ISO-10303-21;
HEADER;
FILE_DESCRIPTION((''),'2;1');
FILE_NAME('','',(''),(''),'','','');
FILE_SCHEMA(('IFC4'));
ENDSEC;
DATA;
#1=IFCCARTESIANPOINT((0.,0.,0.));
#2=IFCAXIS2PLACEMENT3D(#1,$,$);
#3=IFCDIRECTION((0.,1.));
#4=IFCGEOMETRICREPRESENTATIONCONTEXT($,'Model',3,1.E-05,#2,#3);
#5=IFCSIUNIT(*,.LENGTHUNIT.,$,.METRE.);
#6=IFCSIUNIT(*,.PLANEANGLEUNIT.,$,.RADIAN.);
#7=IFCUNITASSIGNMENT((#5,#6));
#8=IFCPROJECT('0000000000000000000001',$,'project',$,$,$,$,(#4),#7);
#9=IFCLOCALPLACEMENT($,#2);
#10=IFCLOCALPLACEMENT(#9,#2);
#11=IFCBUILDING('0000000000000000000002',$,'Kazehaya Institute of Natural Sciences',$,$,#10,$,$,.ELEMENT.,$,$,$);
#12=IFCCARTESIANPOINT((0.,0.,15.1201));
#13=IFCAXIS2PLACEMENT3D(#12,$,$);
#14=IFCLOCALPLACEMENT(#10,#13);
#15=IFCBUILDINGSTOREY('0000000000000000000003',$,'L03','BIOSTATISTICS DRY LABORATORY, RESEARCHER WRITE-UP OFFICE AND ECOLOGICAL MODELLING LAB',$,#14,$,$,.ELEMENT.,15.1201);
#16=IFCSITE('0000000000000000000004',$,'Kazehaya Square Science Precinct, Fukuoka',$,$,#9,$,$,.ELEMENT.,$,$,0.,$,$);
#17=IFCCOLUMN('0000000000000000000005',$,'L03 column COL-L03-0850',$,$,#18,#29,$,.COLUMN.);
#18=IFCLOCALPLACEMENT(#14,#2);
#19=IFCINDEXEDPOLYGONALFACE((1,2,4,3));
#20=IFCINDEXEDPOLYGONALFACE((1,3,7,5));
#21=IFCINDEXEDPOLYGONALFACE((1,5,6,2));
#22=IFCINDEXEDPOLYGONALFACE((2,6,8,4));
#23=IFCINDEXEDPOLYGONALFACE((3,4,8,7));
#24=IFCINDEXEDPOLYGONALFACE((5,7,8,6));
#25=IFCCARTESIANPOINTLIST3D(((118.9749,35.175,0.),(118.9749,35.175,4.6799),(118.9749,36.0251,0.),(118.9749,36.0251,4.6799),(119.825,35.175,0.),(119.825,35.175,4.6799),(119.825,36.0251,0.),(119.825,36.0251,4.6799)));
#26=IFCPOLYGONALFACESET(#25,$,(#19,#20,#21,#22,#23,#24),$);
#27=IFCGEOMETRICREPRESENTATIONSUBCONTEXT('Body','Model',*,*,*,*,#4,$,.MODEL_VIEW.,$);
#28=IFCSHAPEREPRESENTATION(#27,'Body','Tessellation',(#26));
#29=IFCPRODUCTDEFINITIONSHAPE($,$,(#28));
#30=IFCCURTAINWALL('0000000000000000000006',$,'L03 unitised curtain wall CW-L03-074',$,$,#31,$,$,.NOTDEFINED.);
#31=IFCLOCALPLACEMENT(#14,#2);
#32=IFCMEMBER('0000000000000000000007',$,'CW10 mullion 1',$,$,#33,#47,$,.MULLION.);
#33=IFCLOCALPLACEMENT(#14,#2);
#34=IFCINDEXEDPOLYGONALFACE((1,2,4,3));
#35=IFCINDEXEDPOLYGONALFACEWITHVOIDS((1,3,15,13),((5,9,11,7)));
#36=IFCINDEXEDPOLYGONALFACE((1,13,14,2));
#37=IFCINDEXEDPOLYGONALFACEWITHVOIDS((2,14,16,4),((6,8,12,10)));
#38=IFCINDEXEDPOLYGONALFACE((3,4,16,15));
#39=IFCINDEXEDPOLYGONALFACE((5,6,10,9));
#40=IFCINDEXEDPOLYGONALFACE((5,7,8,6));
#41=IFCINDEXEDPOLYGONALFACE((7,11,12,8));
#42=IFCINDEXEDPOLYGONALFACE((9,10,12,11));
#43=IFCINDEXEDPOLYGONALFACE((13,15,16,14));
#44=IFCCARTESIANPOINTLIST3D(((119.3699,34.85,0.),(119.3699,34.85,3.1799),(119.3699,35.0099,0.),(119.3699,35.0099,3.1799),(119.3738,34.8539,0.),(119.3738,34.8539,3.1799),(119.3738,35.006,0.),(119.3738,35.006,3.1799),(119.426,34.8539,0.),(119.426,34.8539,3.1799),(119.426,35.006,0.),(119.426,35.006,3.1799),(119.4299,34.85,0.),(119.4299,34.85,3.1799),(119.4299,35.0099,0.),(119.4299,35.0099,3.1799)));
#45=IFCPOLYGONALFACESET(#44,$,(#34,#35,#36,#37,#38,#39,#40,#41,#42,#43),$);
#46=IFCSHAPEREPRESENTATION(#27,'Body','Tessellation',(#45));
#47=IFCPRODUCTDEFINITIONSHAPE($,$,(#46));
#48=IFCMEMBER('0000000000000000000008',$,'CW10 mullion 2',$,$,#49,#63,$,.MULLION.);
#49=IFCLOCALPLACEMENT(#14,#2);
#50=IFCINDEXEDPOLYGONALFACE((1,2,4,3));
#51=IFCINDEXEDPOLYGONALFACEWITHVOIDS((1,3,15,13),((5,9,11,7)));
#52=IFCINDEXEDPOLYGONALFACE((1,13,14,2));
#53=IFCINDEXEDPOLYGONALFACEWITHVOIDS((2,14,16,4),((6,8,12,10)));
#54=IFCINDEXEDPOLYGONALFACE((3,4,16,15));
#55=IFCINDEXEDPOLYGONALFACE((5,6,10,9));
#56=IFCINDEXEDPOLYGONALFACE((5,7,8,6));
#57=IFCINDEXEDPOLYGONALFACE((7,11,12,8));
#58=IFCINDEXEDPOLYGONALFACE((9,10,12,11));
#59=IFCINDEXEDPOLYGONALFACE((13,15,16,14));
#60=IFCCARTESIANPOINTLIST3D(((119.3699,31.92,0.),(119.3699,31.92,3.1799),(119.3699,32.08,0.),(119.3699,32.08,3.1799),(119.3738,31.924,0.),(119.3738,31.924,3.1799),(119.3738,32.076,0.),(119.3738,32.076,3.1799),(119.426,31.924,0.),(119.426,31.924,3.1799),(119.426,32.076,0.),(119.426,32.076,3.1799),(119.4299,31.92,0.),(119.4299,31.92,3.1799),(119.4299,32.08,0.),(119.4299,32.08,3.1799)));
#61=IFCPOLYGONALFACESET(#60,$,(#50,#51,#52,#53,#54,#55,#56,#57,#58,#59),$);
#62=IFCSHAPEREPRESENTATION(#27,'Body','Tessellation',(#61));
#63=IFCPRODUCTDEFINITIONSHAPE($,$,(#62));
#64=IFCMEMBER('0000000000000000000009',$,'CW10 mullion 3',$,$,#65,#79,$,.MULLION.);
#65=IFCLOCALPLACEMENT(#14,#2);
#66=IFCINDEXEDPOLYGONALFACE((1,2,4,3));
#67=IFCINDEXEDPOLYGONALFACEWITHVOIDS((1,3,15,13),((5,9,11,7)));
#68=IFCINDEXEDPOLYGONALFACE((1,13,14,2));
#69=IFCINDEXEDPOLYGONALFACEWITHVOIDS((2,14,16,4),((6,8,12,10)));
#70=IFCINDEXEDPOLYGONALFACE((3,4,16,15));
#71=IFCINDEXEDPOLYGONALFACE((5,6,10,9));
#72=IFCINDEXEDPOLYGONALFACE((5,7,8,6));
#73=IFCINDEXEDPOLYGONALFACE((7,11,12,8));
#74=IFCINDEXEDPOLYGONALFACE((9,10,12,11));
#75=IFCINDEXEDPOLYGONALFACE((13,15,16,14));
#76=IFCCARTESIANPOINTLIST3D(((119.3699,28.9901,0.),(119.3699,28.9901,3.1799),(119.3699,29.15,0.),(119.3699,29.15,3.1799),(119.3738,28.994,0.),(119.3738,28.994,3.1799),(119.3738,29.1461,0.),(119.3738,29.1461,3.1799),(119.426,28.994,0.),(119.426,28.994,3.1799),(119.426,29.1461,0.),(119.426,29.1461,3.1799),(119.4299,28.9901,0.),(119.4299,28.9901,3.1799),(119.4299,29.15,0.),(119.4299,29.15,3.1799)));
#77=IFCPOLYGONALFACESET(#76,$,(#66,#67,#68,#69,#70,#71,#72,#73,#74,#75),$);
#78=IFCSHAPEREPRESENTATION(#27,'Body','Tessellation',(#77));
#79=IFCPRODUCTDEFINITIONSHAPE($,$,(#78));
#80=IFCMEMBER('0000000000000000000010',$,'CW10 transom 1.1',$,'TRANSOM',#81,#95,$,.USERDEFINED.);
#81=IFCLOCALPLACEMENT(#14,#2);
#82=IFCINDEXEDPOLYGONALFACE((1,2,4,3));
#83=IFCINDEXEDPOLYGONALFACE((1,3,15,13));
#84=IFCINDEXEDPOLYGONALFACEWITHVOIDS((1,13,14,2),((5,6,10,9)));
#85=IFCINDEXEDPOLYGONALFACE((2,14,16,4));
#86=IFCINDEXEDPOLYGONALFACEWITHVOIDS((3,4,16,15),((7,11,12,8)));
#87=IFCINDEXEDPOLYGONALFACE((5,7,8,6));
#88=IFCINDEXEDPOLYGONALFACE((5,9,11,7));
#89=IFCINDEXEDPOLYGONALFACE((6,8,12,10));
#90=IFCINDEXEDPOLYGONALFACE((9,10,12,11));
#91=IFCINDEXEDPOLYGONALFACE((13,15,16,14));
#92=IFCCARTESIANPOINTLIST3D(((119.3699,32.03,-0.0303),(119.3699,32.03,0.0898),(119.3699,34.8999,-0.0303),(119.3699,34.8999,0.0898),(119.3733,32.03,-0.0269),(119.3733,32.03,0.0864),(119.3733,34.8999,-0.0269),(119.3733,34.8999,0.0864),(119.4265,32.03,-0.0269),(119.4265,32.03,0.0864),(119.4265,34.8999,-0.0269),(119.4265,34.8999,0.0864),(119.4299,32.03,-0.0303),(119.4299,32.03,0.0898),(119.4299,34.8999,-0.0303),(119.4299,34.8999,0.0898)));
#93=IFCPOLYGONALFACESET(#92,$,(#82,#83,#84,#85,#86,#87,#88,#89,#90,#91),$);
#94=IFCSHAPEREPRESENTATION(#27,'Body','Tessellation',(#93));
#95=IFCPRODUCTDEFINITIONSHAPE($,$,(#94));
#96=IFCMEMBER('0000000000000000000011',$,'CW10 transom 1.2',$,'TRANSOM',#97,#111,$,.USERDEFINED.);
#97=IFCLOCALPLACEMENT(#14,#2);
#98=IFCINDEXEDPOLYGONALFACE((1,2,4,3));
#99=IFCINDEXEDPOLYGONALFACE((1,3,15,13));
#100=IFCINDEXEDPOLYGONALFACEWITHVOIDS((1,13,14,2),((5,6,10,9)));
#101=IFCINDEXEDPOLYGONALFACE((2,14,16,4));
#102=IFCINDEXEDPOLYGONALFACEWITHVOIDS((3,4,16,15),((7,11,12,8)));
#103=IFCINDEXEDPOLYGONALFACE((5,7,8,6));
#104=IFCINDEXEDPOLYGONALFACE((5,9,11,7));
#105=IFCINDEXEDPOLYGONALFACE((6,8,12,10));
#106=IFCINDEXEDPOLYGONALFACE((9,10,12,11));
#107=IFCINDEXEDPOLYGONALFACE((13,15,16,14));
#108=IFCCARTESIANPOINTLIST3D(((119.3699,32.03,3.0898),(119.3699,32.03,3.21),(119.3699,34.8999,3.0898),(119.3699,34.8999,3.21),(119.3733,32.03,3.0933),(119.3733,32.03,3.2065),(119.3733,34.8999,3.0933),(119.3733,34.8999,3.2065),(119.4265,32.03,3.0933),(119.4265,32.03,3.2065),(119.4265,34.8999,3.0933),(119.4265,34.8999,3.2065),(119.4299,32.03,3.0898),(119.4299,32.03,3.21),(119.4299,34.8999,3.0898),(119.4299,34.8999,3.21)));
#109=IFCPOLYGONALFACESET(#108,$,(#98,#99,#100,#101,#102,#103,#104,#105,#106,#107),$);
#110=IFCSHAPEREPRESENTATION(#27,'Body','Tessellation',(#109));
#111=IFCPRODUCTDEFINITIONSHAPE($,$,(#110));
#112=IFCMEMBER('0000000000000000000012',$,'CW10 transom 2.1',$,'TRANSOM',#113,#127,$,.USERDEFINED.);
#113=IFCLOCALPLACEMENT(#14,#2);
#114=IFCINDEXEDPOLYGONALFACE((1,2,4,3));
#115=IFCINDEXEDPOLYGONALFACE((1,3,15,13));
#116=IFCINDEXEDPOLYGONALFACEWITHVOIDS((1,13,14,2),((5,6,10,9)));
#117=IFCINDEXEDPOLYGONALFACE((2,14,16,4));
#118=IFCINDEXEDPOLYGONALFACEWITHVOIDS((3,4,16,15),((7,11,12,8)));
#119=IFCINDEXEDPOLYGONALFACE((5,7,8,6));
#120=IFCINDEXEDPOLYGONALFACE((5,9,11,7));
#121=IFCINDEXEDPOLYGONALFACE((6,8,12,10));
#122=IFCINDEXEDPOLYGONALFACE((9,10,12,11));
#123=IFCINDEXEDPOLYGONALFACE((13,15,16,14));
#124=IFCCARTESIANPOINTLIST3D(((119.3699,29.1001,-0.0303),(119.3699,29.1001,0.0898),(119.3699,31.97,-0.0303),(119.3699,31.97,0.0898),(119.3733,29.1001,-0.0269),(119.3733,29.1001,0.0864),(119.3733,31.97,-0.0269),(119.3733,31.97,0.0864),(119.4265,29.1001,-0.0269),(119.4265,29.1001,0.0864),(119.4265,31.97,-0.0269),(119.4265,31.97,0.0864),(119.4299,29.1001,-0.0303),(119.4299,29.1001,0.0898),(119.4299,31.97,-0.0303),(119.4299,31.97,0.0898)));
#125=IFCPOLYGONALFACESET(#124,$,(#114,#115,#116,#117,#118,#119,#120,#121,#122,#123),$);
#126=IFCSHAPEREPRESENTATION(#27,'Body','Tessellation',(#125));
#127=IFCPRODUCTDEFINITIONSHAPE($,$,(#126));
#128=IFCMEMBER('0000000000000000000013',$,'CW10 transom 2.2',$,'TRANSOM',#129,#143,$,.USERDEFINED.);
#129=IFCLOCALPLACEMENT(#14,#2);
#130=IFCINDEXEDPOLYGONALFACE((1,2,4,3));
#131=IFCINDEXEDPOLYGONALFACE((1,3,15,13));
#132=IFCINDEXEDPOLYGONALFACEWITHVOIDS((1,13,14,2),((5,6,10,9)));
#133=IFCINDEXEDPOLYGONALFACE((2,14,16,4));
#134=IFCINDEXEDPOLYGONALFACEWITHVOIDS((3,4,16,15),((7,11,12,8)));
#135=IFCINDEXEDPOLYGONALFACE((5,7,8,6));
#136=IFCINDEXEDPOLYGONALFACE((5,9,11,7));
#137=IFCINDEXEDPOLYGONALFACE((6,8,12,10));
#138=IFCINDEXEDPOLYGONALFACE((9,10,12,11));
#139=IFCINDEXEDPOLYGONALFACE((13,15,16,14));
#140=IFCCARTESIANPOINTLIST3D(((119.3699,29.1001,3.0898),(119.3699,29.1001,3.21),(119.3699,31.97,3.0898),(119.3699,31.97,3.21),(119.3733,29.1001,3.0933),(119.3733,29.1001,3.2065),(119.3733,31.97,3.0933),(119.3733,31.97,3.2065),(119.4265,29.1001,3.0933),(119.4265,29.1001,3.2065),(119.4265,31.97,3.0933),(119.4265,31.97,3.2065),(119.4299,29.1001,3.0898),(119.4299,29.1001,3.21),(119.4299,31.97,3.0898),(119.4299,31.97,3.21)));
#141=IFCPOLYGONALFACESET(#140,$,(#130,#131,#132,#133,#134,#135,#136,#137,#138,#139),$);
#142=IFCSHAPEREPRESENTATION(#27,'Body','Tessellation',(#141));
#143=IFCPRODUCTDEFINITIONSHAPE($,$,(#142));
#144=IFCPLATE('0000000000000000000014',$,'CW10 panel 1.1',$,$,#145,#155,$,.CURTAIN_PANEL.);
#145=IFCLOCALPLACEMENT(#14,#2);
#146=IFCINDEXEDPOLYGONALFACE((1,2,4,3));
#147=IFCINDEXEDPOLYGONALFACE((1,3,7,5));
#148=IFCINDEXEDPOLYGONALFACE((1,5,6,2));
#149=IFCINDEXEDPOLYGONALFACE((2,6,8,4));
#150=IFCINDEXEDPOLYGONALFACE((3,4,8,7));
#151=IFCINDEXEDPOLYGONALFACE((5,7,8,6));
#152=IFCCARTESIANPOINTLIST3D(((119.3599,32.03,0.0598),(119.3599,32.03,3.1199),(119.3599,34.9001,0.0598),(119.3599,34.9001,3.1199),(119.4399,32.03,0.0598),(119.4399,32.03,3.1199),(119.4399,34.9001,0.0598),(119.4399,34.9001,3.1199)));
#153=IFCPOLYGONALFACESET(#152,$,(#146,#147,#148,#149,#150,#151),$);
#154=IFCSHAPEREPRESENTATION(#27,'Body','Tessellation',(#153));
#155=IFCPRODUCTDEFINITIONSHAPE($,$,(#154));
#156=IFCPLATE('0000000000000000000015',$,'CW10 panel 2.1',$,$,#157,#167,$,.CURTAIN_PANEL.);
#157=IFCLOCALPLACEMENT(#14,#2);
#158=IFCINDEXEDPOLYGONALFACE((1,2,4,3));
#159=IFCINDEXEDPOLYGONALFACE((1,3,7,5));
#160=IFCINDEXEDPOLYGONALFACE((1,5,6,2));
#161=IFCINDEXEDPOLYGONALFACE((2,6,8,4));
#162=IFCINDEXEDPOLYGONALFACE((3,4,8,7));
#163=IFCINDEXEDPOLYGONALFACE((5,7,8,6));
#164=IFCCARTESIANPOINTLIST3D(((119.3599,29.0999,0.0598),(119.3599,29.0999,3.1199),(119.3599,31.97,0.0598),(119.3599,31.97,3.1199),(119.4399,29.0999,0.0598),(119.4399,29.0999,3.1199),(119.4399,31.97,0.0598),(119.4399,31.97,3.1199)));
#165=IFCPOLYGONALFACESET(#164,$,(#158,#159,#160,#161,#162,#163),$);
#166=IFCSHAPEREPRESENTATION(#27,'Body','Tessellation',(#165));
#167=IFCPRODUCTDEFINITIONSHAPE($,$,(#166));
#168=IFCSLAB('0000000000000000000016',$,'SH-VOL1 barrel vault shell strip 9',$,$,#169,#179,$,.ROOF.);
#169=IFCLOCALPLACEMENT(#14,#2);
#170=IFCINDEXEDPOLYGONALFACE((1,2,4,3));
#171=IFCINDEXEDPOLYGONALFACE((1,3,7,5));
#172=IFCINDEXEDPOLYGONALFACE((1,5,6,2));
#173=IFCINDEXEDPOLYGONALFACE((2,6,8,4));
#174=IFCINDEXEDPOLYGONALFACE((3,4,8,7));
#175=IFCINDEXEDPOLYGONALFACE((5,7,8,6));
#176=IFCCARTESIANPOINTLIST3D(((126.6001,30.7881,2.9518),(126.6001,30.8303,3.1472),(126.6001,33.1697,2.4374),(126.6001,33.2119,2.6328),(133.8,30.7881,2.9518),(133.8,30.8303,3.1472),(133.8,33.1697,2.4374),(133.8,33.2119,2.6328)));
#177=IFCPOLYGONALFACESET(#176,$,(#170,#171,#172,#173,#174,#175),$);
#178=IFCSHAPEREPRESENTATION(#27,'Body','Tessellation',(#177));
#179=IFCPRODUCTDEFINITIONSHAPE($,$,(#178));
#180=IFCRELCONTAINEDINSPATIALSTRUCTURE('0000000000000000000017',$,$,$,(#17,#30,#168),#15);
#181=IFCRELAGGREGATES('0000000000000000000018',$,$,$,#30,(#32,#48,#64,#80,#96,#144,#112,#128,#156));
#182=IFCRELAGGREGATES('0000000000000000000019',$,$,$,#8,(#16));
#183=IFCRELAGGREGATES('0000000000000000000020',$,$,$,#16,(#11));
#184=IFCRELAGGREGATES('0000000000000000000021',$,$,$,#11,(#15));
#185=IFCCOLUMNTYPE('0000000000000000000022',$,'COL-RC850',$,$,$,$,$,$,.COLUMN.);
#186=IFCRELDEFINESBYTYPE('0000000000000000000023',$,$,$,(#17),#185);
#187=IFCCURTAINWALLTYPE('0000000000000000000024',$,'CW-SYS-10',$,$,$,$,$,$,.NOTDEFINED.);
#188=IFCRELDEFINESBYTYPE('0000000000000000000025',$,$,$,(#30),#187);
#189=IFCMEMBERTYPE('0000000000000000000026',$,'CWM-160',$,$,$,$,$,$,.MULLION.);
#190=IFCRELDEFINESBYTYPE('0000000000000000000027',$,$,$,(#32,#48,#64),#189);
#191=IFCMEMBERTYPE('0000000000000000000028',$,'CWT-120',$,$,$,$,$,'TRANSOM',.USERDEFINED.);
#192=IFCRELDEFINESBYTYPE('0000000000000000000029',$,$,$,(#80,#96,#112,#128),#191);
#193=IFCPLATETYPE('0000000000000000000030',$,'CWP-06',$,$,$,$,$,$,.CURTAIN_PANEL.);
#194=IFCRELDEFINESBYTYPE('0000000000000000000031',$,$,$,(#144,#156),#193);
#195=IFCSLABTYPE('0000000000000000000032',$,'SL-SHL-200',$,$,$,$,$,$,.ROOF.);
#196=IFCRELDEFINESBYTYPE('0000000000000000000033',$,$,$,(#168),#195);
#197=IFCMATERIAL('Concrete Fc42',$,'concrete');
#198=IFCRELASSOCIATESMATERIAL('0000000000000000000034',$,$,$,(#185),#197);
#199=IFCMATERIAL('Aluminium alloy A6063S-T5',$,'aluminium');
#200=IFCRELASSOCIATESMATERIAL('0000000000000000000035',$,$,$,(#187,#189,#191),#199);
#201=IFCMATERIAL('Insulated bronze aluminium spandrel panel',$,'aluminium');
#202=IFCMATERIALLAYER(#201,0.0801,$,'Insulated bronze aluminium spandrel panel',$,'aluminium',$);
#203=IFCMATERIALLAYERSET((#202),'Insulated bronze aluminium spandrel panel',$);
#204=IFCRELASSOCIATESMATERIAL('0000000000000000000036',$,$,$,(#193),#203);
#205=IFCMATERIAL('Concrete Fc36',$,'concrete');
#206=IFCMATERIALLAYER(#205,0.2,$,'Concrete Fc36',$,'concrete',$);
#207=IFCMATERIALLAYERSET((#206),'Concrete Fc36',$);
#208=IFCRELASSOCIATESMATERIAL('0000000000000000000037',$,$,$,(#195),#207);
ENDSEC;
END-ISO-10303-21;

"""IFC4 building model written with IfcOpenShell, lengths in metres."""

from ifc_helpers import new_model, si_unit, direction, frame, origin, origin_2d, place, context, subcontext, project, spatial, polyline, rectangle, hollow_rectangle, outline, extrude, material, layer, layer_set, material_profile, profile_set, type_object, element, aggregate, save


model = new_model("IFC4")

# Units and contexts
model_context = context("Model", 3, precision=1e-05, world=origin(), true_north=direction((0.0, 1.0)))
body_context = subcontext(model_context, "Body", "Model", "MODEL_VIEW")
ifc_project = project(units=[si_unit("LENGTHUNIT", "METRE"), si_unit("PLANEANGLEUNIT", "RADIAN")], contexts=[model_context])

# Site, building, storey
site_placement = place(None, origin())
site = spatial("IfcSite", under=ifc_project, at=site_placement, Name="Kazehaya Square Science Precinct, Fukuoka", CompositionType="ELEMENT", RefElevation=0.0)
building_placement = place(site_placement, origin())
building = spatial("IfcBuilding", under=site, at=building_placement, Name="Kazehaya Institute of Natural Sciences", CompositionType="ELEMENT")
storey_placement = place(building_placement, frame((0.0, 0.0, 15.1201)))
storey = spatial("IfcBuildingStorey", under=building, at=storey_placement, Name="L03", Description="BIOSTATISTICS DRY LABORATORY, RESEARCHER WRITE-UP OFFICE AND ECOLOGICAL MODELLING LAB", CompositionType="ELEMENT", Elevation=15.1201)

# Column
ifc_material_1 = material(Name="Concrete Fc42", Category="concrete")
ifc_material_profile_1 = material_profile(ifc_material_1, rectangle(XDim=0.8501, YDim=0.8501, at=origin_2d()), Name="RC-850x850")
ifc_profile_set_1 = profile_set([ifc_material_profile_1], Name="Concrete Fc42")
column_type = type_object("IfcColumnType", Name="COL-RC850", PredefinedType="COLUMN", material=ifc_profile_set_1)
column_placement = place(storey_placement, frame((119.3999, 35.6001, 0.0), z_axis=(0.0, 0.0, 1.0), x_axis=(1.0, 0.0, 0.0)))
element("IfcColumn", 1, at=column_placement, inside=storey, type_object=column_type, Name="L03 column COL-L03-0850", PredefinedType="COLUMN", context=body_context, shape_type="SweptSolid", body=[
    extrude(rectangle(XDim=0.8501, YDim=0.8501, at=origin_2d()), origin(), (0.0, 0.0, 1.0), 4.6799),
])

# Curtain wall, members, plates
ifc_material_2 = material(Name="Aluminium alloy A6063S-T5", Category="aluminium")
curtain_wall_type = type_object("IfcCurtainWallType", Name="CW-SYS-10", PredefinedType="NOTDEFINED", material=ifc_material_2)
curtain_wall_placement = place(storey_placement, origin())
curtain_wall = element("IfcCurtainWall", 2, at=curtain_wall_placement, inside=storey, type_object=curtain_wall_type, Name="L03 unitised curtain wall CW-L03-074", PredefinedType="NOTDEFINED")
ifc_material_profile_2 = material_profile(ifc_material_2, hollow_rectangle(XDim=0.0601, YDim=0.1599, WallThickness=0.0039, at=origin_2d()), Name="ALU-60x160x4")
ifc_profile_set_2 = profile_set([ifc_material_profile_2], Name="Aluminium alloy A6063S-T5")
member_type_1 = type_object("IfcMemberType", Name="CWM-160", PredefinedType="MULLION", material=ifc_profile_set_2)
member_1_placement = place(storey_placement, frame((119.3999, 34.9299, 0.0), z_axis=(0.0, 0.0, 1.0), x_axis=(1.0, 0.0, 0.0)))
member_1 = element("IfcMember", 3, at=member_1_placement, type_object=member_type_1, Name="CW10 mullion 1", PredefinedType="MULLION", context=body_context, shape_type="SweptSolid", body=[
    extrude(hollow_rectangle(XDim=0.0601, YDim=0.1599, WallThickness=0.0039, at=origin_2d()), origin(), (0.0, 0.0, 1.0), 3.1799),
])
member_2_placement = place(storey_placement, frame((119.3999, 32.0, 0.0), z_axis=(0.0, 0.0, 1.0), x_axis=(1.0, 0.0, 0.0)))
member_2 = element("IfcMember", 4, at=member_2_placement, type_object=member_type_1, Name="CW10 mullion 2", PredefinedType="MULLION", context=body_context, shape_type="SweptSolid", body=[
    extrude(hollow_rectangle(XDim=0.0601, YDim=0.1599, WallThickness=0.0039, at=origin_2d()), origin(), (0.0, 0.0, 1.0), 3.1799),
])
member_3_placement = place(storey_placement, frame((119.3999, 29.0701, 0.0), z_axis=(0.0, 0.0, 1.0), x_axis=(1.0, 0.0, 0.0)))
member_3 = element("IfcMember", 5, at=member_3_placement, type_object=member_type_1, Name="CW10 mullion 3", PredefinedType="MULLION", context=body_context, shape_type="SweptSolid", body=[
    extrude(hollow_rectangle(XDim=0.0601, YDim=0.1599, WallThickness=0.0039, at=origin_2d()), origin(), (0.0, 0.0, 1.0), 3.1799),
])
ifc_material_profile_3 = material_profile(ifc_material_2, hollow_rectangle(XDim=0.0601, YDim=0.1201, WallThickness=0.0034, at=origin_2d()), Name="ALU-60x120x3.5")
ifc_profile_set_3 = profile_set([ifc_material_profile_3], Name="Aluminium alloy A6063S-T5")
member_type_2 = type_object("IfcMemberType", Name="CWT-120", ElementType="TRANSOM", PredefinedType="USERDEFINED", material=ifc_profile_set_3)
member_4_placement = place(storey_placement, frame((119.3999, 34.8999, 0.0298), z_axis=(0.0, -1.0, 0.0), x_axis=(1.0, 0.0, 0.0)))
member_4 = element("IfcMember", 6, at=member_4_placement, type_object=member_type_2, Name="CW10 transom 1.1", ObjectType="TRANSOM", PredefinedType="USERDEFINED", context=body_context, shape_type="SweptSolid", body=[
    extrude(hollow_rectangle(XDim=0.0601, YDim=0.1201, WallThickness=0.0034, at=origin_2d()), origin(), (0.0, 0.0, 1.0), 2.8699),
])
member_5_placement = place(storey_placement, frame((119.3999, 34.8999, 3.1499), z_axis=(0.0, -1.0, 0.0), x_axis=(1.0, 0.0, 0.0)))
member_5 = element("IfcMember", 7, at=member_5_placement, type_object=member_type_2, Name="CW10 transom 1.2", ObjectType="TRANSOM", PredefinedType="USERDEFINED", context=body_context, shape_type="SweptSolid", body=[
    extrude(hollow_rectangle(XDim=0.0601, YDim=0.1201, WallThickness=0.0034, at=origin_2d()), origin(), (0.0, 0.0, 1.0), 2.8699),
])
member_6_placement = place(storey_placement, frame((119.3999, 31.97, 0.0298), z_axis=(0.0, -1.0, 0.0), x_axis=(1.0, 0.0, 0.0)))
member_6 = element("IfcMember", 8, at=member_6_placement, type_object=member_type_2, Name="CW10 transom 2.1", ObjectType="TRANSOM", PredefinedType="USERDEFINED", context=body_context, shape_type="SweptSolid", body=[
    extrude(hollow_rectangle(XDim=0.0601, YDim=0.1201, WallThickness=0.0034, at=origin_2d()), origin(), (0.0, 0.0, 1.0), 2.8699),
])
member_7_placement = place(storey_placement, frame((119.3999, 31.97, 3.1499), z_axis=(0.0, -1.0, 0.0), x_axis=(1.0, 0.0, 0.0)))
member_7 = element("IfcMember", 9, at=member_7_placement, type_object=member_type_2, Name="CW10 transom 2.2", ObjectType="TRANSOM", PredefinedType="USERDEFINED", context=body_context, shape_type="SweptSolid", body=[
    extrude(hollow_rectangle(XDim=0.0601, YDim=0.1201, WallThickness=0.0034, at=origin_2d()), origin(), (0.0, 0.0, 1.0), 2.8699),
])
ifc_material_3 = material(Name="Insulated bronze aluminium spandrel panel", Category="aluminium")
ifc_layer_1 = layer(ifc_material_3, 0.0801, Name="Insulated bronze aluminium spandrel panel", Category="aluminium")
ifc_layer_set_1 = layer_set([ifc_layer_1], Name="Insulated bronze aluminium spandrel panel")
plate_type = type_object("IfcPlateType", Name="CWP-06", PredefinedType="CURTAIN_PANEL", material=ifc_layer_set_1)
plate_1_placement = place(storey_placement, frame((119.3999, 33.4651, 0.0598), z_axis=(0.0, 0.0, 1.0), x_axis=(0.0, -1.0, 0.0)))
plate_1 = element("IfcPlate", 10, at=plate_1_placement, type_object=plate_type, Name="CW10 panel 1.1", PredefinedType="CURTAIN_PANEL", context=body_context, shape_type="SweptSolid", body=[
    extrude(rectangle(XDim=2.8701, YDim=0.0801, at=origin_2d()), origin(), (0.0, 0.0, 1.0), 3.0601),
])
plate_2_placement = place(storey_placement, frame((119.3999, 30.5349, 0.0598), z_axis=(0.0, 0.0, 1.0), x_axis=(0.0, -1.0, 0.0)))
plate_2 = element("IfcPlate", 11, at=plate_2_placement, type_object=plate_type, Name="CW10 panel 2.1", PredefinedType="CURTAIN_PANEL", context=body_context, shape_type="SweptSolid", body=[
    extrude(rectangle(XDim=2.8701, YDim=0.0801, at=origin_2d()), origin(), (0.0, 0.0, 1.0), 3.0601),
])
aggregate(curtain_wall, [member_1, member_2, member_3, member_4, member_5, plate_1, member_6, member_7, plate_2])

# Slab
ifc_material_4 = material(Name="Concrete Fc36", Category="concrete")
ifc_layer_2 = layer(ifc_material_4, 0.2, Name="Concrete Fc36", Category="concrete")
ifc_layer_set_2 = layer_set([ifc_layer_2], Name="Concrete Fc36")
slab_type = type_object("IfcSlabType", Name="SL-SHL-200", PredefinedType="ROOF", material=ifc_layer_set_2)
slab_1_placement = place(storey_placement, frame((126.6001, 30.8303, 3.1472), z_axis=(0.0, 0.211123, 0.977459), x_axis=(1.0, 0.0, 0.0)))
element("IfcSlab", 12, at=slab_1_placement, inside=storey, type_object=slab_type, Name="SH-VOL1 barrel vault shell strip 9", PredefinedType="ROOF", context=body_context, shape_type="SweptSolid", body=[
    extrude(outline(polyline([(0.0, 0.0), (7.2, 0.0), (7.2, 2.4365), (0.0, 2.4365), (0.0, 0.0)])), origin(), (0.0, 0.0, -1.0), 0.2),
])

save(model, "model.ifc")
